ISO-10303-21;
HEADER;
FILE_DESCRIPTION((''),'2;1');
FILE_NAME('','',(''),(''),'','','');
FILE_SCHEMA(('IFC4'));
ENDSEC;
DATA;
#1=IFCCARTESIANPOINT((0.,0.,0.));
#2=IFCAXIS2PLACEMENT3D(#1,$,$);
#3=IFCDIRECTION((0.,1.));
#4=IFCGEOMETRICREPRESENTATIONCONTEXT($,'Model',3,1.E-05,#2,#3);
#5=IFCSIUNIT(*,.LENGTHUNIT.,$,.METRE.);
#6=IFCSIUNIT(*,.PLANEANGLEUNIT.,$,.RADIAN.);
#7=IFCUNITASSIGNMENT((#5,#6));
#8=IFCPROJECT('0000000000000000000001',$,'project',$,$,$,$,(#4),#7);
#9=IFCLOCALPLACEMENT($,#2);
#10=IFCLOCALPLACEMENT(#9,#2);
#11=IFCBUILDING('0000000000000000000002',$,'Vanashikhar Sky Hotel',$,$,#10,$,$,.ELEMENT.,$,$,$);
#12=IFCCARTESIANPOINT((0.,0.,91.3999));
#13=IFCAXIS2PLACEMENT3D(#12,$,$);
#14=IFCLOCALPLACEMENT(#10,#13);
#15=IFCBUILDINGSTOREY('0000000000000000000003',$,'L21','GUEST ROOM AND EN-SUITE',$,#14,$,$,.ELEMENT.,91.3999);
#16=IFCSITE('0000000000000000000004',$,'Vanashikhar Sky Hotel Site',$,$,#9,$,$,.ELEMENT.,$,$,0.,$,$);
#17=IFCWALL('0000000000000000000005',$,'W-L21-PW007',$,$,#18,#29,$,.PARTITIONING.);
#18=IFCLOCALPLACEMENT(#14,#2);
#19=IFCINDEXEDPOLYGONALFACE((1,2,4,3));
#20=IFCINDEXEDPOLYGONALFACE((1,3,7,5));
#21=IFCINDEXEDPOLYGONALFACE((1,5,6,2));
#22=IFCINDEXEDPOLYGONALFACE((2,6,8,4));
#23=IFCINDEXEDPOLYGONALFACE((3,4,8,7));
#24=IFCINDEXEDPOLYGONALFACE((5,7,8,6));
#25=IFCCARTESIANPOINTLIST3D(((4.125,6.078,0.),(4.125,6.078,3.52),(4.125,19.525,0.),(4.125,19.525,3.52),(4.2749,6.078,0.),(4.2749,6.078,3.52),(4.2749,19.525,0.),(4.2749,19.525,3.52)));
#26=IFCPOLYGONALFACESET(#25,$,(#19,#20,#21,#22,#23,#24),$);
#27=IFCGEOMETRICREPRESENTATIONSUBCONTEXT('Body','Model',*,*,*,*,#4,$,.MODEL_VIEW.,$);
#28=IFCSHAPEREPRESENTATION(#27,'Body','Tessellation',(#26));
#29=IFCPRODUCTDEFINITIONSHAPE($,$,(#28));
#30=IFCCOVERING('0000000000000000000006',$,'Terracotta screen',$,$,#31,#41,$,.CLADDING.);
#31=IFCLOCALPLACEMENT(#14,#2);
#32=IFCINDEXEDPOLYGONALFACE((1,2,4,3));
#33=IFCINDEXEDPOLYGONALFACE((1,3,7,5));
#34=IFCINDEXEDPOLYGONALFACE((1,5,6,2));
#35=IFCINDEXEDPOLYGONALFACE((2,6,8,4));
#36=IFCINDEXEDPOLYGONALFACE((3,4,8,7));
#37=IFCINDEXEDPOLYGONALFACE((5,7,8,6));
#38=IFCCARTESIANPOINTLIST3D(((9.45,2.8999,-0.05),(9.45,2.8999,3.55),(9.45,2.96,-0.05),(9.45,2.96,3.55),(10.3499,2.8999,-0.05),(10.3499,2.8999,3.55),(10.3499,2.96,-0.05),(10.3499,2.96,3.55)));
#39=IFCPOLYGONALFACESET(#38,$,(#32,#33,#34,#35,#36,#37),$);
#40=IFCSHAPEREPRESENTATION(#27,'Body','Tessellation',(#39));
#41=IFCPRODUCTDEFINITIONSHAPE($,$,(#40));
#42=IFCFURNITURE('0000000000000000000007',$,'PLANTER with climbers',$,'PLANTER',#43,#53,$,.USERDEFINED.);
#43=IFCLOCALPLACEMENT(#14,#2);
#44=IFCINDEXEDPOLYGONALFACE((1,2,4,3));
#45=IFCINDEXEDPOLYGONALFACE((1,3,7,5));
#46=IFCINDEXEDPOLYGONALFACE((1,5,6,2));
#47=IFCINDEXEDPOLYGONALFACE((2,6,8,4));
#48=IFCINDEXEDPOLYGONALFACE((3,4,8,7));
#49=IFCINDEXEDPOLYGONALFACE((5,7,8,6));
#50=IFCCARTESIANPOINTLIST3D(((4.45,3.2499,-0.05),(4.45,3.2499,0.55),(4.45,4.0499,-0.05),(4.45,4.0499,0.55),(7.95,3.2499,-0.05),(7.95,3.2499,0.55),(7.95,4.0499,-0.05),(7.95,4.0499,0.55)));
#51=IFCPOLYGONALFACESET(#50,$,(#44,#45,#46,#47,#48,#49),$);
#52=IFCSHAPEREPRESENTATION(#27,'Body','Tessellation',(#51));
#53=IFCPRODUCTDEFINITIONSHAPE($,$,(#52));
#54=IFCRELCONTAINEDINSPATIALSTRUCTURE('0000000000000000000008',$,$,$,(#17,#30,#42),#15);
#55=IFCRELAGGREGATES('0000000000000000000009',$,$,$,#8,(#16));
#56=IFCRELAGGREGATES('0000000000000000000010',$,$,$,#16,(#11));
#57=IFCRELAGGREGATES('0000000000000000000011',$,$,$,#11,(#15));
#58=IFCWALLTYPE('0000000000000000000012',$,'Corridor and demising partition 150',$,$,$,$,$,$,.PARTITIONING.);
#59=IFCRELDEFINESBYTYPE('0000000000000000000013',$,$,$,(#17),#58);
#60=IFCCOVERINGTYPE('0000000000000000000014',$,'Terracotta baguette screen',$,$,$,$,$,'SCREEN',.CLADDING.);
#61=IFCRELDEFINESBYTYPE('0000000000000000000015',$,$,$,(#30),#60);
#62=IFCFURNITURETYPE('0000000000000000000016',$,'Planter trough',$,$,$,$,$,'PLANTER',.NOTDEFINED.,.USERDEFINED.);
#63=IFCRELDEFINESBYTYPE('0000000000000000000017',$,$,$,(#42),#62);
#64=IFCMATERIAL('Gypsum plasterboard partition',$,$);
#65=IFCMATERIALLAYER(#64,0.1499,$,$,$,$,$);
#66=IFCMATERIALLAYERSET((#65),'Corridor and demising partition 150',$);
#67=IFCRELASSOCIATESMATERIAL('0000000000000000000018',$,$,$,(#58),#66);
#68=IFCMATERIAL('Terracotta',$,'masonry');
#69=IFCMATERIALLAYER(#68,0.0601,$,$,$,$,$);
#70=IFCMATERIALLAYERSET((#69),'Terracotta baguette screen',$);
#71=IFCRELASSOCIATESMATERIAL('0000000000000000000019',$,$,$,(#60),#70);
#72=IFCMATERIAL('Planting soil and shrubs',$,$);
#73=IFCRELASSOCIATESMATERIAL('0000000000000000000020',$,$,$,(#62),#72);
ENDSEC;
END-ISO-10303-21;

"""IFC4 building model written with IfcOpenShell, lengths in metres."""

from ifc_helpers import new_model, si_unit, direction, frame, frame_2d, origin, origin_2d, place, context, subcontext, project, spatial, rectangle, extrude, source, transform, mapped, material, layer, layer_set, type_object, element, save


model = new_model("IFC4")

# Units and contexts
model_context = context("Model", 3, precision=1e-05, world=origin(), true_north=direction((0.0, 1.0)))
body_context = subcontext(model_context, "Body", "Model", "MODEL_VIEW")
ifc_project = project(units=[si_unit("LENGTHUNIT", "METRE"), si_unit("PLANEANGLEUNIT", "RADIAN")], contexts=[model_context])

# Site, building, storey
site_placement = place(None, origin())
site = spatial("IfcSite", under=ifc_project, at=site_placement, Name="Vanashikhar Sky Hotel Site", CompositionType="ELEMENT", RefElevation=0.0)
building_placement = place(site_placement, origin())
building = spatial("IfcBuilding", under=site, at=building_placement, Name="Vanashikhar Sky Hotel", CompositionType="ELEMENT")
storey_placement = place(building_placement, frame((0.0, 0.0, 91.3999)))
storey = spatial("IfcBuildingStorey", under=building, at=storey_placement, Name="L21", Description="GUEST ROOM AND EN-SUITE", CompositionType="ELEMENT", Elevation=91.3999)

# Shared definitions
ifc_material_1 = material(Name="Gypsum plasterboard partition")

# Wall
ifc_layer_1 = layer(ifc_material_1, 0.1499)
ifc_layer_set_1 = layer_set([ifc_layer_1], Name="Corridor and demising partition 150")
wall_type_1 = type_object("IfcWallType", Name="Corridor and demising partition 150", PredefinedType="PARTITIONING", material=ifc_layer_set_1)
shared_shape_1 = source(origin(), body_context, "Body", "SweptSolid", [
    extrude(rectangle(XDim=13.447, YDim=0.1499, at=frame_2d((6.7236, 0.0))), origin(), (0.0, 0.0, 1.0), 3.52),
])
wall_1_placement = place(storey_placement, frame((4.2, 6.0779, 0.0), z_axis=(0.0, 0.0, 1.0), x_axis=(0.0, 1.0, 0.0)))
element("IfcWall", 1, at=wall_1_placement, inside=storey, type_object=wall_type_1, Name="W-L21-PW007", PredefinedType="PARTITIONING", context=body_context, shape_type="MappedRepresentation", body=[
    mapped(shared_shape_1, transform((0.0, 0.0, 0.0), scale=1.0)),
])

# Covering
ifc_material_2 = material(Name="Terracotta", Category="masonry")
ifc_layer_2 = layer(ifc_material_2, 0.0601)
ifc_layer_set_2 = layer_set([ifc_layer_2], Name="Terracotta baguette screen")
covering_type = type_object("IfcCoveringType", Name="Terracotta baguette screen", ElementType="SCREEN", PredefinedType="CLADDING", material=ifc_layer_set_2)
shared_shape_2 = source(origin(), body_context, "Body", "SweptSolid", [
    extrude(rectangle(XDim=0.8999, YDim=0.0601, at=origin_2d()), origin(), (0.0, 0.0, 1.0), 3.6001),
])
covering_placement = place(storey_placement, frame((9.8999, 2.9299, -0.05), z_axis=(0.0, 0.0, 1.0), x_axis=(1.0, 0.0, 0.0)))
element("IfcCovering", 2, at=covering_placement, inside=storey, type_object=covering_type, Name="Terracotta screen", PredefinedType="CLADDING", context=body_context, shape_type="MappedRepresentation", body=[
    mapped(shared_shape_2, transform((0.0, 0.0, 0.0), scale=1.0)),
])

# Furniture
ifc_material_3 = material(Name="Planting soil and shrubs")
furniture_type = type_object("IfcFurnitureType", Name="Planter trough", ElementType="PLANTER", AssemblyPlace="NOTDEFINED", PredefinedType="USERDEFINED", material=ifc_material_3)
shared_shape_3 = source(origin(), body_context, "Body", "SweptSolid", [
    extrude(rectangle(XDim=3.5, YDim=0.8, at=origin_2d()), origin(), (0.0, 0.0, 1.0), 0.6001),
])
furniture_placement = place(storey_placement, frame((6.2, 3.6499, -0.05), z_axis=(0.0, 0.0, 1.0), x_axis=(1.0, 0.0, 0.0)))
element("IfcFurniture", 3, at=furniture_placement, inside=storey, type_object=furniture_type, Name="PLANTER with climbers", ObjectType="PLANTER", PredefinedType="USERDEFINED", context=body_context, shape_type="MappedRepresentation", body=[
    mapped(shared_shape_3, transform((0.0, 0.0, 0.0), scale=1.0)),
])

save(model, "model.ifc")
